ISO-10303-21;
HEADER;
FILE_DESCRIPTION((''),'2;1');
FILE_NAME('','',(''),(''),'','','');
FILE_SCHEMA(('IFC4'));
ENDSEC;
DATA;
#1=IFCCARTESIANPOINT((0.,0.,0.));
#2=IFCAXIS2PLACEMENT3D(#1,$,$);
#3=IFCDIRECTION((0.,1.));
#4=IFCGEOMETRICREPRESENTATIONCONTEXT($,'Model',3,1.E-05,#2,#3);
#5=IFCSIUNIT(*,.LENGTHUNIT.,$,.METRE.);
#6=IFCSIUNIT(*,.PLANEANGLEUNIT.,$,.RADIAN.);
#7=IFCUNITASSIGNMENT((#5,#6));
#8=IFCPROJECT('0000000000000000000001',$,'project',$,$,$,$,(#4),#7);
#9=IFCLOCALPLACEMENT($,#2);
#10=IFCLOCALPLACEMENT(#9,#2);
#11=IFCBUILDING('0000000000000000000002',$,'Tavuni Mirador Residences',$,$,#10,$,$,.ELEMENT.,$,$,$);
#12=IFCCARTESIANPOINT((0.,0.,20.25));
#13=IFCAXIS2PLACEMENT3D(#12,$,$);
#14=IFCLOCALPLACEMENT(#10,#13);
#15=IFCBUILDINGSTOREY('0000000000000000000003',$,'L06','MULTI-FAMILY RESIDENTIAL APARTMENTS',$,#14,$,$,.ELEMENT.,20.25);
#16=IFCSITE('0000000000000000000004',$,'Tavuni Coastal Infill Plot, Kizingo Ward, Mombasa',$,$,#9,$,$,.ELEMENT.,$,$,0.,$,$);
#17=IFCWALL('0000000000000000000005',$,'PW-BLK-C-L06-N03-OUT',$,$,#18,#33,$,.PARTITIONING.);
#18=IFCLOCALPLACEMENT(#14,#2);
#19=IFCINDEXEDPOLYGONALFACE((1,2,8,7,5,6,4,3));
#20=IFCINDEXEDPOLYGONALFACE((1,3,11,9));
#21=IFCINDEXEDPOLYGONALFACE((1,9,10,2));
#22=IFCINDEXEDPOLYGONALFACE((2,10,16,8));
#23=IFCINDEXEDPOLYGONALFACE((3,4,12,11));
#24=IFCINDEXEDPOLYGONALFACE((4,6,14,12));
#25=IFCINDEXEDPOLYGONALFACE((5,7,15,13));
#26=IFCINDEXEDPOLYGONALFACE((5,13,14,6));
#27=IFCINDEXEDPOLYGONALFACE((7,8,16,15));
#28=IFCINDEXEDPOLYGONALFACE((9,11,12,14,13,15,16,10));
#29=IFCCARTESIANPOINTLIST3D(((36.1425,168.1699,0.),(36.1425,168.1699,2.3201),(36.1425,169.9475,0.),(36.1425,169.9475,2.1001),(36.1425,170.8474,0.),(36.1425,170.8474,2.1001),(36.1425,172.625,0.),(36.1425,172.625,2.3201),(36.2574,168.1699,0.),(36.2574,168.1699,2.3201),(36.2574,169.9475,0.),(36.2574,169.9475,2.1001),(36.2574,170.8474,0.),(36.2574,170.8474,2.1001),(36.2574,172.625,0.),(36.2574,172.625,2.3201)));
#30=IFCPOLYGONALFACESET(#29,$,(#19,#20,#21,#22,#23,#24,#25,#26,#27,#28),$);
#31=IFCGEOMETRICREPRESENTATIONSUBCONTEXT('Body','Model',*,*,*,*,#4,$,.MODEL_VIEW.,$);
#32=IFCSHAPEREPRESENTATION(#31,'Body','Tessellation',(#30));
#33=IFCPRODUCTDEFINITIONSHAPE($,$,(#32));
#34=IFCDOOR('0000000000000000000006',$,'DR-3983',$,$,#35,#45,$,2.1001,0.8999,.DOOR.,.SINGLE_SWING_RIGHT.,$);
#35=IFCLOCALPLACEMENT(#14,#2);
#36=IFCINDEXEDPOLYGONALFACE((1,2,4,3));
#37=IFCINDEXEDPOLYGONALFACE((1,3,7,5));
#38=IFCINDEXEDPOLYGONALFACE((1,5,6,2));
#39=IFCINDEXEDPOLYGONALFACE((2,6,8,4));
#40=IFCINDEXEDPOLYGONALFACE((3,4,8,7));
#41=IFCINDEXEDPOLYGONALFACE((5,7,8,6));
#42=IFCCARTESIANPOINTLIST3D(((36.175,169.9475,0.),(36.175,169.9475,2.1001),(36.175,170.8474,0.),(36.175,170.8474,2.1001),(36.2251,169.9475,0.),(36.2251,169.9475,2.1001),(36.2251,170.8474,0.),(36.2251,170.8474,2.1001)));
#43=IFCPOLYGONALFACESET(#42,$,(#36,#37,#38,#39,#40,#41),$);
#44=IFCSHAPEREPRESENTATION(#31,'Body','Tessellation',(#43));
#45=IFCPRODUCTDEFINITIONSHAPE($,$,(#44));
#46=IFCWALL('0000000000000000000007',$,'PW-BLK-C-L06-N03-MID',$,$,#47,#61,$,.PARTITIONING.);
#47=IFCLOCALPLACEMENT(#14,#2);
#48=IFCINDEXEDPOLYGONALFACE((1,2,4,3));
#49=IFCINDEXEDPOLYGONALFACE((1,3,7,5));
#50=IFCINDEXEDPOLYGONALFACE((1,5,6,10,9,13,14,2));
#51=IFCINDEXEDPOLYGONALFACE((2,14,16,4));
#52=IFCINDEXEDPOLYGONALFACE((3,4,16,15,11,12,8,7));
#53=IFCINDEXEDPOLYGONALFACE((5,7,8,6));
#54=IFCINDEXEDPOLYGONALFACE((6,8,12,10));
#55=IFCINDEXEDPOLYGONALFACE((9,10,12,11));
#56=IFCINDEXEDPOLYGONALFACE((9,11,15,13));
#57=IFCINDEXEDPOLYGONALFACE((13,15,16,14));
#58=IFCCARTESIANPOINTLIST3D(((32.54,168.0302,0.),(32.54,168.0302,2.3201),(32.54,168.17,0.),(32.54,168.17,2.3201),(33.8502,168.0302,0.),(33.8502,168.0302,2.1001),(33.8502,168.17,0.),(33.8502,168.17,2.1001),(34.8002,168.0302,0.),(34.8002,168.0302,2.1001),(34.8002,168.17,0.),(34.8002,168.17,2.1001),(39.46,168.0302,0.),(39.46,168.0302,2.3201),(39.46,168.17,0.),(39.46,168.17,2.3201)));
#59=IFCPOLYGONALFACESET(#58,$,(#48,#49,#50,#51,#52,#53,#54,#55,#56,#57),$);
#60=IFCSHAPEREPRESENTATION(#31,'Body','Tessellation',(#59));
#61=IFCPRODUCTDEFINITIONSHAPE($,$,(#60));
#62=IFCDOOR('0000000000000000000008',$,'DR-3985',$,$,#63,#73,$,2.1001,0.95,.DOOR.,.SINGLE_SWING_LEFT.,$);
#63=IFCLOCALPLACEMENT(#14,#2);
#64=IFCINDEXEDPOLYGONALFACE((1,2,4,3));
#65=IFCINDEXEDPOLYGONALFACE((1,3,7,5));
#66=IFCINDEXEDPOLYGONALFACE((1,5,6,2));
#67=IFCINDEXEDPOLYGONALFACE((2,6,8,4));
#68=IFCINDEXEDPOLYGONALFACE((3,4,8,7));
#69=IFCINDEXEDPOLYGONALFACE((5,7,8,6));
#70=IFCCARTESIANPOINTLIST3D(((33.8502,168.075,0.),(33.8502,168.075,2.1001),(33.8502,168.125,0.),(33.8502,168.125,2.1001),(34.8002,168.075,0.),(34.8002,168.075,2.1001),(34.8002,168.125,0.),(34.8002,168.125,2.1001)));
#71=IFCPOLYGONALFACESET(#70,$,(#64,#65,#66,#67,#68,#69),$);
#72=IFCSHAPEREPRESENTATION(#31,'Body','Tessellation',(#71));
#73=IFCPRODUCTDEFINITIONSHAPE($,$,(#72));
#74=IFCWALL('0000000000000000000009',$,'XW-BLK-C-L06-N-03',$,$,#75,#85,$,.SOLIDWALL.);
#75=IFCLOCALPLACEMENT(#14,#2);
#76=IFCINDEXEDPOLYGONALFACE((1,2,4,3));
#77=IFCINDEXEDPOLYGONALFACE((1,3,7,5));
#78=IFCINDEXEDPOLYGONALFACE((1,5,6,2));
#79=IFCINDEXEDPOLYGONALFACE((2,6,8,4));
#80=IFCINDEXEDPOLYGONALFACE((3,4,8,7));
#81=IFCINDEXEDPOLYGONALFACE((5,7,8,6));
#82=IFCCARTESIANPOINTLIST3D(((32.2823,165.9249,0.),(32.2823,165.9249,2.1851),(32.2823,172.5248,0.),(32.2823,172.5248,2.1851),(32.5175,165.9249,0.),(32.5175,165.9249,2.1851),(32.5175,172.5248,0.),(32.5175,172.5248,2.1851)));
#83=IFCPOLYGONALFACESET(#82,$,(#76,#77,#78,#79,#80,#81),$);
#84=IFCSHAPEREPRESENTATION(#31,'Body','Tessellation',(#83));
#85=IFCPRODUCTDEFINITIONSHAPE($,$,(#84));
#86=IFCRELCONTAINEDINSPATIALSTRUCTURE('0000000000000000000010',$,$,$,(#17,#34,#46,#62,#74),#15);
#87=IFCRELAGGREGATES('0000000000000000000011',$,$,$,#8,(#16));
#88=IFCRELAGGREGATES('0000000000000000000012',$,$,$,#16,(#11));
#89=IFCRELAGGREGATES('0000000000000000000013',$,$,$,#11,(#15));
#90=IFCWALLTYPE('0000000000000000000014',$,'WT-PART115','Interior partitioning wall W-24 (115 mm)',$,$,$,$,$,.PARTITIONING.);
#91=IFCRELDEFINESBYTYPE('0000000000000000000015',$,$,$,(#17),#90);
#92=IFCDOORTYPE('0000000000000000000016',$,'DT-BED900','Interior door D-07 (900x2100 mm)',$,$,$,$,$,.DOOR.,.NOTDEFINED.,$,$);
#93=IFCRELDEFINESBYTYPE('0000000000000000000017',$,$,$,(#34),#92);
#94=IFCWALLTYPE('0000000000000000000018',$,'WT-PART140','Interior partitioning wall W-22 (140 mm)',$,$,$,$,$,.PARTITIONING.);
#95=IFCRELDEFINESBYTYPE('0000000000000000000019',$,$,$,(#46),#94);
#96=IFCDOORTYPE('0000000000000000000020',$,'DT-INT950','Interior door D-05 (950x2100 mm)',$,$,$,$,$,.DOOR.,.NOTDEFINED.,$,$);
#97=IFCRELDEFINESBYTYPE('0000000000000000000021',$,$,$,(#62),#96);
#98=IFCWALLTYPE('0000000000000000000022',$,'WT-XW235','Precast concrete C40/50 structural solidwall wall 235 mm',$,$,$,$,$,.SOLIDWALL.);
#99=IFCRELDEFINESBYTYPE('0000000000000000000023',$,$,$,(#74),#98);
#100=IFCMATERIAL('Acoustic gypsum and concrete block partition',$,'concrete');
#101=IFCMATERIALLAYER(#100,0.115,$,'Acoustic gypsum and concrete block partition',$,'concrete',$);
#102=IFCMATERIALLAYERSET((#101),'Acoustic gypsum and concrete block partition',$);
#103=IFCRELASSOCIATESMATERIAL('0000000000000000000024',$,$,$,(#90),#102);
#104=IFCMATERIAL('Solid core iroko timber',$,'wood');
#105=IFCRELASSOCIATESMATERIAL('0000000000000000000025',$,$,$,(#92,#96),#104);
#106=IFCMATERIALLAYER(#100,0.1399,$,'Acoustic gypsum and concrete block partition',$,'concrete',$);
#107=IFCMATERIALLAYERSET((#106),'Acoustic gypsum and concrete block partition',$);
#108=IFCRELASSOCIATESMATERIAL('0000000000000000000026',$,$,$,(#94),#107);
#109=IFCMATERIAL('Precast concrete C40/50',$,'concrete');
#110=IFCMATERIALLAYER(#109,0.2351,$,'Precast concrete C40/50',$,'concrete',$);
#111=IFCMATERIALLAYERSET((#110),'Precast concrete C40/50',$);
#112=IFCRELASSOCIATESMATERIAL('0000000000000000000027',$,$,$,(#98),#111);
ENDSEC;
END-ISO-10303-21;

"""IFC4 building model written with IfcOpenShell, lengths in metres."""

from ifc_helpers import new_model, si_unit, direction, frame, frame_2d, origin, place, context, subcontext, project, spatial, rectangle, extrude, material, layer, layer_set, type_object, element, fill, save


model = new_model("IFC4")

# Units and contexts
model_context = context("Model", 3, precision=1e-05, world=origin(), true_north=direction((0.0, 1.0)))
body_context = subcontext(model_context, "Body", "Model", "MODEL_VIEW")
ifc_project = project(units=[si_unit("LENGTHUNIT", "METRE"), si_unit("PLANEANGLEUNIT", "RADIAN")], contexts=[model_context])

# Site, building, storey
site_placement = place(None, origin())
site = spatial("IfcSite", under=ifc_project, at=site_placement, Name="Tavuni Coastal Infill Plot, Kizingo Ward, Mombasa", CompositionType="ELEMENT", RefElevation=0.0)
building_placement = place(site_placement, origin())
building = spatial("IfcBuilding", under=site, at=building_placement, Name="Tavuni Mirador Residences", CompositionType="ELEMENT")
storey_placement = place(building_placement, frame((0.0, 0.0, 20.25)))
storey = spatial("IfcBuildingStorey", under=building, at=storey_placement, Name="L06", Description="MULTI-FAMILY RESIDENTIAL APARTMENTS", CompositionType="ELEMENT", Elevation=20.25)

# Shared definitions
ifc_material_1 = material(Name="Precast concrete C40/50", Category="concrete")

# Shared definitions
ifc_material_2 = material(Name="Solid core iroko timber", Category="wood")

# Walls, openings, doors
ifc_material_3 = material(Name="Acoustic gypsum and concrete block partition", Category="concrete")
ifc_layer_1 = layer(ifc_material_3, 0.115, Name="Acoustic gypsum and concrete block partition", Category="concrete")
ifc_layer_set_1 = layer_set([ifc_layer_1], Name="Acoustic gypsum and concrete block partition")
wall_type_1 = type_object("IfcWallType", Name="WT-PART115", Description="Interior partitioning wall W-24 (115 mm)", PredefinedType="PARTITIONING", material=ifc_layer_set_1)
wall_1_placement = place(storey_placement, frame((36.2, 168.1699, 0.0), z_axis=(0.0, 0.0, 1.0), x_axis=(0.0, 1.0, 0.0)))
wall_1 = element("IfcWall", 1, at=wall_1_placement, inside=storey, type_object=wall_type_1, Name="PW-BLK-C-L06-N03-OUT", PredefinedType="PARTITIONING", context=body_context, shape_type="SweptSolid", body=[
    extrude(rectangle(XDim=4.4551, YDim=0.115, at=frame_2d((2.2275, 0.0))), origin(), (0.0, 0.0, 1.0), 2.3201),
])
opening_1_placement = place(wall_1_placement, frame((1.7776, 0.0, 0.0)))
opening_1 = element("IfcOpeningElement", 2, at=opening_1_placement, cuts=wall_1, PredefinedType="OPENING", context=body_context, shape_type="SweptSolid", body=[
    extrude(rectangle(XDim=0.8999, YDim=2.1001, at=frame_2d((0.45, 1.05))), frame((0.0, 0.0674, 0.0), z_axis=(0.0, -1.0, 0.0), x_axis=(1.0, 0.0, 0.0)), (0.0, 0.0, 1.0), 0.135),
])
door_type_1 = type_object("IfcDoorType", Name="DT-BED900", Description="Interior door D-07 (900x2100 mm)", OperationType="NOTDEFINED", PredefinedType="DOOR", material=ifc_material_2)
door_1_placement = place(opening_1_placement, origin())
door_1 = element("IfcDoor", 3, at=door_1_placement, inside=storey, type_object=door_type_1, Name="DR-3983", OperationType="SINGLE_SWING_RIGHT", OverallHeight=2.1001, OverallWidth=0.8999, PredefinedType="DOOR", context=body_context, shape_type="SweptSolid", body=[
    extrude(rectangle(XDim=0.8999, YDim=2.1001, at=frame_2d((0.45, 1.05))), frame((0.0, 0.0249, 0.0), z_axis=(0.0, -1.0, 0.0), x_axis=(1.0, 0.0, 0.0)), (0.0, 0.0, 1.0), 0.05),
])
fill(opening_1, door_1)
ifc_layer_2 = layer(ifc_material_3, 0.1399, Name="Acoustic gypsum and concrete block partition", Category="concrete")
ifc_layer_set_2 = layer_set([ifc_layer_2], Name="Acoustic gypsum and concrete block partition")
wall_type_2 = type_object("IfcWallType", Name="WT-PART140", Description="Interior partitioning wall W-22 (140 mm)", PredefinedType="PARTITIONING", material=ifc_layer_set_2)
wall_2_placement = place(storey_placement, frame((32.54, 168.1001, 0.0), z_axis=(0.0, 0.0, 1.0), x_axis=(1.0, 0.0, 0.0)))
wall_2 = element("IfcWall", 4, at=wall_2_placement, inside=storey, type_object=wall_type_2, Name="PW-BLK-C-L06-N03-MID", PredefinedType="PARTITIONING", context=body_context, shape_type="SweptSolid", body=[
    extrude(rectangle(XDim=6.9199, YDim=0.1399, at=frame_2d((3.46, 0.0))), origin(), (0.0, 0.0, 1.0), 2.3201),
])
opening_2_placement = place(wall_2_placement, frame((1.3101, 0.0, 0.0)))
opening_2 = element("IfcOpeningElement", 5, at=opening_2_placement, cuts=wall_2, PredefinedType="OPENING", context=body_context, shape_type="SweptSolid", body=[
    extrude(rectangle(XDim=0.95, YDim=2.1001, at=frame_2d((0.4751, 1.05))), frame((0.0, 0.0801, 0.0), z_axis=(0.0, -1.0, 0.0), x_axis=(1.0, 0.0, 0.0)), (0.0, 0.0, 1.0), 0.1599),
])
door_type_2 = type_object("IfcDoorType", Name="DT-INT950", Description="Interior door D-05 (950x2100 mm)", OperationType="NOTDEFINED", PredefinedType="DOOR", material=ifc_material_2)
door_2_placement = place(opening_2_placement, origin())
door_2 = element("IfcDoor", 6, at=door_2_placement, inside=storey, type_object=door_type_2, Name="DR-3985", OperationType="SINGLE_SWING_LEFT", OverallHeight=2.1001, OverallWidth=0.95, PredefinedType="DOOR", context=body_context, shape_type="SweptSolid", body=[
    extrude(rectangle(XDim=0.95, YDim=2.1001, at=frame_2d((0.4751, 1.05))), frame((0.0, 0.0249, 0.0), z_axis=(0.0, -1.0, 0.0), x_axis=(1.0, 0.0, 0.0)), (0.0, 0.0, 1.0), 0.05),
])
fill(opening_2, door_2)

# Wall
ifc_layer_3 = layer(ifc_material_1, 0.2351, Name="Precast concrete C40/50", Category="concrete")
ifc_layer_set_3 = layer_set([ifc_layer_3], Name="Precast concrete C40/50")
wall_type_3 = type_object("IfcWallType", Name="WT-XW235", Description="Precast concrete C40/50 structural solidwall wall 235 mm", PredefinedType="SOLIDWALL", material=ifc_layer_set_3)
wall_3_placement = place(storey_placement, frame((32.3999, 165.925, 0.0), z_axis=(0.0, 0.0, 1.0), x_axis=(0.0, 1.0, 0.0)))
element("IfcWall", 7, at=wall_3_placement, inside=storey, type_object=wall_type_3, Name="XW-BLK-C-L06-N-03", PredefinedType="SOLIDWALL", context=body_context, shape_type="SweptSolid", body=[
    extrude(rectangle(XDim=6.5999, YDim=0.2351, at=frame_2d((3.2998, 0.0))), origin(), (0.0, 0.0, 1.0), 2.1851),
])

save(model, "model.ifc")
